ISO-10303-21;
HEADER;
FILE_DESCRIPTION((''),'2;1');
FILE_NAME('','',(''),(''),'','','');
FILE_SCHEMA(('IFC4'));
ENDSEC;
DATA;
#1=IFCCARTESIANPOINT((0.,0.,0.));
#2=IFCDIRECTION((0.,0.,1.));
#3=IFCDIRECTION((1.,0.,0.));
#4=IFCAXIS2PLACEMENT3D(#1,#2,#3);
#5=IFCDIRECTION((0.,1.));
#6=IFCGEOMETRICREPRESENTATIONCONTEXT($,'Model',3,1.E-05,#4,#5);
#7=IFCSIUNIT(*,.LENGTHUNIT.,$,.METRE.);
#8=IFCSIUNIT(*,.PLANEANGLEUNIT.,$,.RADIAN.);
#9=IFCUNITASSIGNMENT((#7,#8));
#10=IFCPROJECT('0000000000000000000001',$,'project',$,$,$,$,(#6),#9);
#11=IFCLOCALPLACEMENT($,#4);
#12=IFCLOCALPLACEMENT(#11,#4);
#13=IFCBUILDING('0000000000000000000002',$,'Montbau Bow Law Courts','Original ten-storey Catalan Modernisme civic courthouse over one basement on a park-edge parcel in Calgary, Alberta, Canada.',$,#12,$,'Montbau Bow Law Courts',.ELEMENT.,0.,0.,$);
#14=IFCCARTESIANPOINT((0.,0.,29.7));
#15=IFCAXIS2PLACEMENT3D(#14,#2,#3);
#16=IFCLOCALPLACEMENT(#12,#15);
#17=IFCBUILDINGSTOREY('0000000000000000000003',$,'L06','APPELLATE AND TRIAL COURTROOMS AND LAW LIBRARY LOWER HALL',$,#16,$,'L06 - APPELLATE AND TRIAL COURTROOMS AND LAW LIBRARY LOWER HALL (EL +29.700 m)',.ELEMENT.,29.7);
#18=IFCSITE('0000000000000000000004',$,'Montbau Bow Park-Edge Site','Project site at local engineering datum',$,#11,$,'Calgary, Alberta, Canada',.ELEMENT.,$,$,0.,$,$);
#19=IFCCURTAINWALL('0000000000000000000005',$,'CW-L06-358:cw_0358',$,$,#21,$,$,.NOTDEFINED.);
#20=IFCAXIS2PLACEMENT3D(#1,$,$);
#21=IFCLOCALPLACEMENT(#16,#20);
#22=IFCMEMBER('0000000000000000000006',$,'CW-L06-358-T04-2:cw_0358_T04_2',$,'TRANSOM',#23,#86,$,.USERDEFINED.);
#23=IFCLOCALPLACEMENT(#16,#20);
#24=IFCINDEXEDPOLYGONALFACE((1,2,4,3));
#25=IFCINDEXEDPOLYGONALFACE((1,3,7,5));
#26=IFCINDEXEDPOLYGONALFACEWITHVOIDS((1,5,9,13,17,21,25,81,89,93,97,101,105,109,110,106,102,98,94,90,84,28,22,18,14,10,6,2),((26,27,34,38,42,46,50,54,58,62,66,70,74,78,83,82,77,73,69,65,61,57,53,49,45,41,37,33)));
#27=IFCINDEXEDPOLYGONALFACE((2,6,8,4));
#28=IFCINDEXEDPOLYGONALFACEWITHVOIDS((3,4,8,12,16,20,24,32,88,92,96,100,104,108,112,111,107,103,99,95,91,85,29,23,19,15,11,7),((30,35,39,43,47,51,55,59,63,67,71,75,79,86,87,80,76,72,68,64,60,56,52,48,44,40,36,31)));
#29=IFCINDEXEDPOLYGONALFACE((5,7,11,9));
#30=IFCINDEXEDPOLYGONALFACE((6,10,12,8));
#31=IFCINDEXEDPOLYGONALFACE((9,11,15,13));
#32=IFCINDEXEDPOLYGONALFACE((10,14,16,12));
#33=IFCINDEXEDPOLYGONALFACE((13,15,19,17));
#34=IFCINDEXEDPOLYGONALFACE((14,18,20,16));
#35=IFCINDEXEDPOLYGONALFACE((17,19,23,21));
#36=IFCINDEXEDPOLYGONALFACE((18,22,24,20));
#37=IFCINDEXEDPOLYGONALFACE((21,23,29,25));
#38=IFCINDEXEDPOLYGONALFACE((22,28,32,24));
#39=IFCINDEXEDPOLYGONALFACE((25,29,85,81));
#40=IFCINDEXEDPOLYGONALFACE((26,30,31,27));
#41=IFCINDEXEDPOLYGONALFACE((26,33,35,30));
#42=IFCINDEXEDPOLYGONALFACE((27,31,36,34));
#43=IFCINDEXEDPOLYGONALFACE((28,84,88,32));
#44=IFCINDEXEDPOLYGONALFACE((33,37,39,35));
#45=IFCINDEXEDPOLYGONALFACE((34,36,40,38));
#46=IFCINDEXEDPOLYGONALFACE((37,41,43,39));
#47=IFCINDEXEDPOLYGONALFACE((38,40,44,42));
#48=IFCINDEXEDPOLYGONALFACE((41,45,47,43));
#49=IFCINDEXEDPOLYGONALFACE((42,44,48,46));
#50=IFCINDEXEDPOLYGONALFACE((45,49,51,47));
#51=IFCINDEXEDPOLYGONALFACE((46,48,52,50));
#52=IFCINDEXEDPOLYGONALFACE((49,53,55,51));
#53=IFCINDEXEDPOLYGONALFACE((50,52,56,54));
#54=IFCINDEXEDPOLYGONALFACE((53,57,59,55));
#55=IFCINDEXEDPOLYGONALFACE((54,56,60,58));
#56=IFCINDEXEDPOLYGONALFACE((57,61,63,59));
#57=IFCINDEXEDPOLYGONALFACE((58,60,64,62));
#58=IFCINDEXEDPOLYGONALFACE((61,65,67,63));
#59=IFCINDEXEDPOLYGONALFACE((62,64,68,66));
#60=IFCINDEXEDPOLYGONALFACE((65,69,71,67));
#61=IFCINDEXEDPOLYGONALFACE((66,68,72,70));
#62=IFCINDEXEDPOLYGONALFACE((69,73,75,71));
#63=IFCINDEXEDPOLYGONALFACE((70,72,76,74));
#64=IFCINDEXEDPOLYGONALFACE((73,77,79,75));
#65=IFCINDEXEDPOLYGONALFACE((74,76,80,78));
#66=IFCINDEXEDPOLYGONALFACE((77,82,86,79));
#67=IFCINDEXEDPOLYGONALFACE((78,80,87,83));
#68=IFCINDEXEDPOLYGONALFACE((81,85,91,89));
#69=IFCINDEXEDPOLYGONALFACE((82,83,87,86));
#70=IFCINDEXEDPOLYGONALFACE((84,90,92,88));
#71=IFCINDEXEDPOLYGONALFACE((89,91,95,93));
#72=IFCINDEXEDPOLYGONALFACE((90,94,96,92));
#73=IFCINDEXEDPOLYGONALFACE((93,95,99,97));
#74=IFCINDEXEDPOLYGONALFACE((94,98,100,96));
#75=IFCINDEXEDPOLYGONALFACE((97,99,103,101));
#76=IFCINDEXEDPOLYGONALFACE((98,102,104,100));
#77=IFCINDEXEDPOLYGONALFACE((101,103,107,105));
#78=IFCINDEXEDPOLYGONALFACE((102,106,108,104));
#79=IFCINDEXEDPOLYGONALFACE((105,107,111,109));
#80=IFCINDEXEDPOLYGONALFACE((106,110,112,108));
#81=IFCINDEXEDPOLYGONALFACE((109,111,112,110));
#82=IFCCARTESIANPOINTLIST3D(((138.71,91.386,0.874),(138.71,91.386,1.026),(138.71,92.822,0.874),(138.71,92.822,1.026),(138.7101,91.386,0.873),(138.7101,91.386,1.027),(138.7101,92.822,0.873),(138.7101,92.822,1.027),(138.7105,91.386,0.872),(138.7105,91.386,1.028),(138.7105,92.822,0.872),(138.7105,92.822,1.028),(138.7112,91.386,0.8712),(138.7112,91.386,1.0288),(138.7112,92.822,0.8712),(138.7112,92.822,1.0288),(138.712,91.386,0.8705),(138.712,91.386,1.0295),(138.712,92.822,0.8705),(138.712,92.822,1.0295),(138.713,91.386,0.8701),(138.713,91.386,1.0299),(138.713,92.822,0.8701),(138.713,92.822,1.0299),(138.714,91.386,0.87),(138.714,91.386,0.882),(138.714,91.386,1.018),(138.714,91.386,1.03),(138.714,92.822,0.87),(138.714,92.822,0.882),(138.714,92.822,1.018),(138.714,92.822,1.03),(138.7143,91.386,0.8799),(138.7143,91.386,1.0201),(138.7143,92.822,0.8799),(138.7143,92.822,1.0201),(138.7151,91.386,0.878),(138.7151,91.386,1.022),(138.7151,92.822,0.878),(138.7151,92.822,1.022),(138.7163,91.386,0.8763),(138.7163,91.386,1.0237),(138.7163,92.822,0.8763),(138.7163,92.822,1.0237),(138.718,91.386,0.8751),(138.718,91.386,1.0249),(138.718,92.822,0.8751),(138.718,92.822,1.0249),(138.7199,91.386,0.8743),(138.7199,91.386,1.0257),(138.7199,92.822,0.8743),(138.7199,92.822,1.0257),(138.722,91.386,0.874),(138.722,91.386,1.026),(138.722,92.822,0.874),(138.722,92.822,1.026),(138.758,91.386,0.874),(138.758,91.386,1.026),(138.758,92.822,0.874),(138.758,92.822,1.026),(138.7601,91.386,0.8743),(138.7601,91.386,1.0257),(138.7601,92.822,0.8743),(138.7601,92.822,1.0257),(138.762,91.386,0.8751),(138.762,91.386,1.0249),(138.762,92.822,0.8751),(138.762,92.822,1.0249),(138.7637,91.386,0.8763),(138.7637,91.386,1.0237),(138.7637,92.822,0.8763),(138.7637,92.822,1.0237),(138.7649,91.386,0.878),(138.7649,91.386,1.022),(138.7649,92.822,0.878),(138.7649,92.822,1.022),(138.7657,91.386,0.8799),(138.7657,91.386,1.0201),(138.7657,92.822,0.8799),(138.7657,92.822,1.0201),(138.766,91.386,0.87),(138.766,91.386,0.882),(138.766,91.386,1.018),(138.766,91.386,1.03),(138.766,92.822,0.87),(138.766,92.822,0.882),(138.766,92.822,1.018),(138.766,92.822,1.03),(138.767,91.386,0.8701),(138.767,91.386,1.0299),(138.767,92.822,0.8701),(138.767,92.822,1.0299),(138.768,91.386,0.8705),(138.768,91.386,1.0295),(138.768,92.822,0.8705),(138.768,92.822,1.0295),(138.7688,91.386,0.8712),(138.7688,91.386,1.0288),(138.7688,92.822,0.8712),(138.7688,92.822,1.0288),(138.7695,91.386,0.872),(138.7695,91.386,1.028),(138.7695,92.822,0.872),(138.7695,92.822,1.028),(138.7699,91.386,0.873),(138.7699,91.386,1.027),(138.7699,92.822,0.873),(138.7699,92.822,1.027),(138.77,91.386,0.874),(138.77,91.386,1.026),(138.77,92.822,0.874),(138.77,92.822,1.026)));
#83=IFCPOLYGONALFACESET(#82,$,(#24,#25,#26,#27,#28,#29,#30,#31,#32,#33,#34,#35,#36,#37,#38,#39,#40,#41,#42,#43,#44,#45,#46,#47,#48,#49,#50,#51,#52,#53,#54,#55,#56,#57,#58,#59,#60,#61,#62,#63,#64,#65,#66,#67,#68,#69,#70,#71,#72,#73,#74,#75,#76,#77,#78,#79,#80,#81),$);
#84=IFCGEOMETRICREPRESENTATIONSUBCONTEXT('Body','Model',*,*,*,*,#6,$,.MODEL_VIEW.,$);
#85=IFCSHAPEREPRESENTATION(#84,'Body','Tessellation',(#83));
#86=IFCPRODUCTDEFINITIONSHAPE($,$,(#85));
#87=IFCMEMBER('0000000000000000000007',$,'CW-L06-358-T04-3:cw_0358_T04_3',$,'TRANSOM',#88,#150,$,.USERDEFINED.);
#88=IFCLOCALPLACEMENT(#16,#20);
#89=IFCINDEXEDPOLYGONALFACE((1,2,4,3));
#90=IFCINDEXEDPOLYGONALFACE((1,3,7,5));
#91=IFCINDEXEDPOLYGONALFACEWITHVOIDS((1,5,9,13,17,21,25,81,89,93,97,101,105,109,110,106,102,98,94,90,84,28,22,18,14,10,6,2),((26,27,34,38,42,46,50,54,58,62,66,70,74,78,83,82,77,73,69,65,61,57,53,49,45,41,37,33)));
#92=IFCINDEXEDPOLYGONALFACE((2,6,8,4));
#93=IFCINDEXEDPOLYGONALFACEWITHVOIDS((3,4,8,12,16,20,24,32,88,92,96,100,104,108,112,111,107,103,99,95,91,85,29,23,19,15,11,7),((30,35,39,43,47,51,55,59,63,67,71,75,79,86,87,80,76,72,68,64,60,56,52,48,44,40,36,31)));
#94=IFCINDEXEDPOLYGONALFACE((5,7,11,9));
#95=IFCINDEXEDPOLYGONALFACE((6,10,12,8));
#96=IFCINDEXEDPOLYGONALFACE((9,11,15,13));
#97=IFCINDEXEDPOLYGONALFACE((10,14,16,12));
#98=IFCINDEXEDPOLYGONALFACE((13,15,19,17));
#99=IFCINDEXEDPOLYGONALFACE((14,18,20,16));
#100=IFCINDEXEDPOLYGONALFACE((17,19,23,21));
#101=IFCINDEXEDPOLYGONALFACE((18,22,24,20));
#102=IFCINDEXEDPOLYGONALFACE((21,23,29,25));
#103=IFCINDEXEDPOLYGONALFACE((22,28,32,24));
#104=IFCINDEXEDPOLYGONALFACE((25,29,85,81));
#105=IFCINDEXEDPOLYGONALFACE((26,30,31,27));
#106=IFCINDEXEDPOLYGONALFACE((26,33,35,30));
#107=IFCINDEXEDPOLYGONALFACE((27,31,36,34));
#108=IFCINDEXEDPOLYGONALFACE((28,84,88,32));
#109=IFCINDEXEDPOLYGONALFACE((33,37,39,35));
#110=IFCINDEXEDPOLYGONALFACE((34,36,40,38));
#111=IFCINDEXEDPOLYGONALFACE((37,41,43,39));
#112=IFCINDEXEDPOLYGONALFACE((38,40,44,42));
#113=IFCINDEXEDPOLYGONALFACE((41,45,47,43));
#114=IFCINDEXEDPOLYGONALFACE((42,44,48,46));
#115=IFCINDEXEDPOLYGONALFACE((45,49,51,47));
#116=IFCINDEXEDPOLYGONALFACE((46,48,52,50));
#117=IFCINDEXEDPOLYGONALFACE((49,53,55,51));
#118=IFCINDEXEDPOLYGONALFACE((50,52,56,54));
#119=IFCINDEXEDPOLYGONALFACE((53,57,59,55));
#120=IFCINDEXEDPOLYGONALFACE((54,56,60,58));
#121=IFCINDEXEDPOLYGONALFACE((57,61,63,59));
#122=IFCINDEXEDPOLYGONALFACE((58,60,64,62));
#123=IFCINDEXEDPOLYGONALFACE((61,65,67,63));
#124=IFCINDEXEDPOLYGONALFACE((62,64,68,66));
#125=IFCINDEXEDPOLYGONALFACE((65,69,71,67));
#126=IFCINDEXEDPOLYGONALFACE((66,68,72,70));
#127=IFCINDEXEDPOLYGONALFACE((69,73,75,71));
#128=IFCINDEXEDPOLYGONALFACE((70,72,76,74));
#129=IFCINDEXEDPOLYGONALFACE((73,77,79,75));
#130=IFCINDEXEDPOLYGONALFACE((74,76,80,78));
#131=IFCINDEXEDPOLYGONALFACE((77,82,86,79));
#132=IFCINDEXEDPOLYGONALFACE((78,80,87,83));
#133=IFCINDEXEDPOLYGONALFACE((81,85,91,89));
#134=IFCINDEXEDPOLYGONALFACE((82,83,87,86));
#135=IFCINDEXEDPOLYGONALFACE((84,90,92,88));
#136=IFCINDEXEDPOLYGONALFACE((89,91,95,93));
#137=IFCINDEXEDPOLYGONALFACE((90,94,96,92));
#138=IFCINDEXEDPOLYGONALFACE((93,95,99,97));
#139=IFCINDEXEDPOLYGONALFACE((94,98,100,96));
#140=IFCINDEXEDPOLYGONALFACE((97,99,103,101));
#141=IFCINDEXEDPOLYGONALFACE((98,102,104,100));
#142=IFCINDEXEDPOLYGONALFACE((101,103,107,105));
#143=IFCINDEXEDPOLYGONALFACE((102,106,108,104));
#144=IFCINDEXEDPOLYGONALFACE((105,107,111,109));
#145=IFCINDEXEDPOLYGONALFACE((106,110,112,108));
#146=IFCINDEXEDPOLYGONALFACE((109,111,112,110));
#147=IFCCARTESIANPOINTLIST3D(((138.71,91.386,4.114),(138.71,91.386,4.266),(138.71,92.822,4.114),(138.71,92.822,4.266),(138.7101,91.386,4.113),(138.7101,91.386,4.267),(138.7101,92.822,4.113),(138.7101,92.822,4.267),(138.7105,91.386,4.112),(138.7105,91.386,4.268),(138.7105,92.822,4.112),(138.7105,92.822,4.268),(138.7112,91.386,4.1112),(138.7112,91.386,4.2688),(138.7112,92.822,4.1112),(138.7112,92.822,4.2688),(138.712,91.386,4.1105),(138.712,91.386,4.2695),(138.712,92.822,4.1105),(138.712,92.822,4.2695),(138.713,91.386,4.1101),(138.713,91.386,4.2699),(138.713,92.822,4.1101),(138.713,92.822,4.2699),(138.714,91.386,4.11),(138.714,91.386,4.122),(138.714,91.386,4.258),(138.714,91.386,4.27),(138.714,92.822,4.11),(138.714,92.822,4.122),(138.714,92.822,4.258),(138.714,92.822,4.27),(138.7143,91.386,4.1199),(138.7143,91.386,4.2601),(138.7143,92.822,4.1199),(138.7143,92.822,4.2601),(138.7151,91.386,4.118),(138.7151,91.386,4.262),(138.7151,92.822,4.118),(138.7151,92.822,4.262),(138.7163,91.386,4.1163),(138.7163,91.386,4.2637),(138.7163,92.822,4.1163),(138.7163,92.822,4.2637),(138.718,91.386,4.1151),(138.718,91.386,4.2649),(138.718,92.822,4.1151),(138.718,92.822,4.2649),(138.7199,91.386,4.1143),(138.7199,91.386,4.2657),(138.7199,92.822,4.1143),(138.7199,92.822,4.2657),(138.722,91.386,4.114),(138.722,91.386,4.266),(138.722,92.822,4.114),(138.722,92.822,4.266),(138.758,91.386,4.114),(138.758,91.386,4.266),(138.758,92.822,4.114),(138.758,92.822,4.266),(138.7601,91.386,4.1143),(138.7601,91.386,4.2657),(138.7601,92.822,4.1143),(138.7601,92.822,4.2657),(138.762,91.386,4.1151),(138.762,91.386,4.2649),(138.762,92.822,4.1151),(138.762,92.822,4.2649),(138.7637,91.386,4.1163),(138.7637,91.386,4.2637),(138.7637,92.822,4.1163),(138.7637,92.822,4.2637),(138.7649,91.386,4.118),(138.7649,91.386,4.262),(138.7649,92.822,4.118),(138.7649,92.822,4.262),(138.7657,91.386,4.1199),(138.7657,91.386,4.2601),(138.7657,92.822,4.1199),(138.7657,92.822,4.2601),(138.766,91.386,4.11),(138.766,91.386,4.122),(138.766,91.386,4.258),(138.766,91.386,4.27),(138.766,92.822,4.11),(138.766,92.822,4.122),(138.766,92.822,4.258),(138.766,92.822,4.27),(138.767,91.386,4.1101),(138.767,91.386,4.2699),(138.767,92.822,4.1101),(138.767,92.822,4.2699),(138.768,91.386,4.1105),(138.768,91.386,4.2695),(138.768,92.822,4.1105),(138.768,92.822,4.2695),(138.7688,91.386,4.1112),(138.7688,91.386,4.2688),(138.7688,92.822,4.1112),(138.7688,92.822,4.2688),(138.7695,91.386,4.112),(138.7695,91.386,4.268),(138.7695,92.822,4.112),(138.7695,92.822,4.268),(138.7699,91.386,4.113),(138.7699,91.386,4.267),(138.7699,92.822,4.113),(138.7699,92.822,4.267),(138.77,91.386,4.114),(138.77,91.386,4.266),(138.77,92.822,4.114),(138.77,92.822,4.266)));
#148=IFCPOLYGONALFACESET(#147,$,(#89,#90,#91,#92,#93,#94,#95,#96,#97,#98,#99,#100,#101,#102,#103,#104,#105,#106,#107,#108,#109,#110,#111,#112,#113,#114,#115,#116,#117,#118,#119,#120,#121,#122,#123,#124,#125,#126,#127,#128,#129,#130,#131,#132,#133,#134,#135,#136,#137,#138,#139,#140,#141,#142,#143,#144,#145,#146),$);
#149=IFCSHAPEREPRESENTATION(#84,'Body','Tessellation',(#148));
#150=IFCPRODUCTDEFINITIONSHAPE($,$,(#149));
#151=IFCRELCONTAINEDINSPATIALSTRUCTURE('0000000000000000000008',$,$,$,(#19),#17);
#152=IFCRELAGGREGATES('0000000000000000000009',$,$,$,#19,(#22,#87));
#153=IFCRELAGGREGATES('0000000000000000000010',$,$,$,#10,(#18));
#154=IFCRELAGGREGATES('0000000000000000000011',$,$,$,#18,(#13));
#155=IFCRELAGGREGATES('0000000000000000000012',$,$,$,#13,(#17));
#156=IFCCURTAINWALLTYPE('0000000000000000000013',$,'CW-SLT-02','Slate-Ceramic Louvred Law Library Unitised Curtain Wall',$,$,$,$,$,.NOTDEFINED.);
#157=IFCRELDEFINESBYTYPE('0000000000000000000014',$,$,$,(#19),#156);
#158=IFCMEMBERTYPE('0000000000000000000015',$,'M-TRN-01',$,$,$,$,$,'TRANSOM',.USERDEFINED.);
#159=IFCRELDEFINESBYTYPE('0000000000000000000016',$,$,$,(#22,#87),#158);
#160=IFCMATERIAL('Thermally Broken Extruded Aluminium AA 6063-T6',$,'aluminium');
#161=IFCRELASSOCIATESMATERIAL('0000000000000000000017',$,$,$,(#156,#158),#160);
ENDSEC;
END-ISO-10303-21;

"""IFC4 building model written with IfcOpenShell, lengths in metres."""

from ifc_helpers import new_model, si_unit, direction, frame, origin_with_axes, origin_2d_with_axis, place, context, subcontext, project, spatial, hollow_rectangle, extrude, material, material_profile, profile_set, type_object, element, aggregate, save


model = new_model("IFC4")

# Units and contexts
model_context = context("Model", 3, precision=1e-05, world=origin_with_axes(), true_north=direction((0.0, 1.0)))
body_context = subcontext(model_context, "Body", "Model", "MODEL_VIEW")
ifc_project = project(units=[si_unit("LENGTHUNIT", "METRE"), si_unit("PLANEANGLEUNIT", "RADIAN")], contexts=[model_context])

# Site, building, storey
site_placement = place(None, origin_with_axes())
site = spatial("IfcSite", under=ifc_project, at=site_placement, Name="Montbau Bow Park-Edge Site", Description="Project site at local engineering datum", LongName="Calgary, Alberta, Canada", CompositionType="ELEMENT", RefElevation=0.0)
building_placement = place(site_placement, origin_with_axes())
building = spatial("IfcBuilding", under=site, at=building_placement, Name="Montbau Bow Law Courts", Description="Original ten-storey Catalan Modernisme civic courthouse over one basement on a park-edge parcel in Calgary, Alberta, Canada.", LongName="Montbau Bow Law Courts", CompositionType="ELEMENT", ElevationOfRefHeight=0.0, ElevationOfTerrain=0.0)
storey_placement = place(building_placement, frame((0.0, 0.0, 29.7), z_axis=(0.0, 0.0, 1.0), x_axis=(1.0, 0.0, 0.0)))
storey = spatial("IfcBuildingStorey", under=building, at=storey_placement, Name="L06", Description="APPELLATE AND TRIAL COURTROOMS AND LAW LIBRARY LOWER HALL", LongName="L06 - APPELLATE AND TRIAL COURTROOMS AND LAW LIBRARY LOWER HALL (EL +29.700 m)", CompositionType="ELEMENT", Elevation=29.7)

# Shared definitions
ifc_material_1 = material(Name="Thermally Broken Extruded Aluminium AA 6063-T6", Category="aluminium")
curtain_wall_type = type_object("IfcCurtainWallType", Name="CW-SLT-02", Description="Slate-Ceramic Louvred Law Library Unitised Curtain Wall", PredefinedType="NOTDEFINED", material=ifc_material_1)

# Curtain wall, members
curtain_wall_1_placement = place(None, frame((138.74, 86.84, 29.7), z_axis=(0.0, 0.0, 1.0), x_axis=(1.0, 0.0, 0.0)))
curtain_wall_1 = element("IfcCurtainWall", 1, at=curtain_wall_1_placement, inside=storey, type_object=curtain_wall_type, Name="CW-L06-358:cw_0358", PredefinedType="NOTDEFINED")
ifc_material_profile_1 = material_profile(ifc_material_1, hollow_rectangle(XDim=0.06, YDim=0.16, WallThickness=0.004, InnerFilletRadius=0.008, OuterFilletRadius=0.004, at=origin_2d_with_axis()), Name="CWT-160X60", Category="Main", Priority=0)
ifc_profile_set_1 = profile_set([ifc_material_profile_1], Name="Thermally Broken Extruded Aluminium AA 6063-T6")
member_type_1 = type_object("IfcMemberType", Name="M-TRN-01", ElementType="TRANSOM", PredefinedType="USERDEFINED", material=ifc_profile_set_1)
member_1_placement = place(None, frame((138.74, 91.386, 30.65), z_axis=(0.0, 1.0, 0.0), x_axis=(-1.0, 0.0, 0.0)))
member_1 = element("IfcMember", 2, at=member_1_placement, type_object=member_type_1, Name="CW-L06-358-T04-2:cw_0358_T04_2", ObjectType="TRANSOM", PredefinedType="USERDEFINED", context=body_context, shape_type="SweptSolid", body=[
    extrude(hollow_rectangle(XDim=0.06, YDim=0.16, WallThickness=0.004, InnerFilletRadius=0.008, OuterFilletRadius=0.004, at=origin_2d_with_axis()), origin_with_axes(), (0.0, 0.0, 1.0), 1.436),
])
member_2_placement = place(None, frame((138.74, 91.386, 33.89), z_axis=(0.0, 1.0, 0.0), x_axis=(-1.0, 0.0, 0.0)))
member_2 = element("IfcMember", 3, at=member_2_placement, type_object=member_type_1, Name="CW-L06-358-T04-3:cw_0358_T04_3", ObjectType="TRANSOM", PredefinedType="USERDEFINED", context=body_context, shape_type="SweptSolid", body=[
    extrude(hollow_rectangle(XDim=0.06, YDim=0.16, WallThickness=0.004, InnerFilletRadius=0.008, OuterFilletRadius=0.004, at=origin_2d_with_axis()), origin_with_axes(), (0.0, 0.0, 1.0), 1.436),
])
aggregate(curtain_wall_1, [member_1, member_2])

save(model, "model.ifc")
